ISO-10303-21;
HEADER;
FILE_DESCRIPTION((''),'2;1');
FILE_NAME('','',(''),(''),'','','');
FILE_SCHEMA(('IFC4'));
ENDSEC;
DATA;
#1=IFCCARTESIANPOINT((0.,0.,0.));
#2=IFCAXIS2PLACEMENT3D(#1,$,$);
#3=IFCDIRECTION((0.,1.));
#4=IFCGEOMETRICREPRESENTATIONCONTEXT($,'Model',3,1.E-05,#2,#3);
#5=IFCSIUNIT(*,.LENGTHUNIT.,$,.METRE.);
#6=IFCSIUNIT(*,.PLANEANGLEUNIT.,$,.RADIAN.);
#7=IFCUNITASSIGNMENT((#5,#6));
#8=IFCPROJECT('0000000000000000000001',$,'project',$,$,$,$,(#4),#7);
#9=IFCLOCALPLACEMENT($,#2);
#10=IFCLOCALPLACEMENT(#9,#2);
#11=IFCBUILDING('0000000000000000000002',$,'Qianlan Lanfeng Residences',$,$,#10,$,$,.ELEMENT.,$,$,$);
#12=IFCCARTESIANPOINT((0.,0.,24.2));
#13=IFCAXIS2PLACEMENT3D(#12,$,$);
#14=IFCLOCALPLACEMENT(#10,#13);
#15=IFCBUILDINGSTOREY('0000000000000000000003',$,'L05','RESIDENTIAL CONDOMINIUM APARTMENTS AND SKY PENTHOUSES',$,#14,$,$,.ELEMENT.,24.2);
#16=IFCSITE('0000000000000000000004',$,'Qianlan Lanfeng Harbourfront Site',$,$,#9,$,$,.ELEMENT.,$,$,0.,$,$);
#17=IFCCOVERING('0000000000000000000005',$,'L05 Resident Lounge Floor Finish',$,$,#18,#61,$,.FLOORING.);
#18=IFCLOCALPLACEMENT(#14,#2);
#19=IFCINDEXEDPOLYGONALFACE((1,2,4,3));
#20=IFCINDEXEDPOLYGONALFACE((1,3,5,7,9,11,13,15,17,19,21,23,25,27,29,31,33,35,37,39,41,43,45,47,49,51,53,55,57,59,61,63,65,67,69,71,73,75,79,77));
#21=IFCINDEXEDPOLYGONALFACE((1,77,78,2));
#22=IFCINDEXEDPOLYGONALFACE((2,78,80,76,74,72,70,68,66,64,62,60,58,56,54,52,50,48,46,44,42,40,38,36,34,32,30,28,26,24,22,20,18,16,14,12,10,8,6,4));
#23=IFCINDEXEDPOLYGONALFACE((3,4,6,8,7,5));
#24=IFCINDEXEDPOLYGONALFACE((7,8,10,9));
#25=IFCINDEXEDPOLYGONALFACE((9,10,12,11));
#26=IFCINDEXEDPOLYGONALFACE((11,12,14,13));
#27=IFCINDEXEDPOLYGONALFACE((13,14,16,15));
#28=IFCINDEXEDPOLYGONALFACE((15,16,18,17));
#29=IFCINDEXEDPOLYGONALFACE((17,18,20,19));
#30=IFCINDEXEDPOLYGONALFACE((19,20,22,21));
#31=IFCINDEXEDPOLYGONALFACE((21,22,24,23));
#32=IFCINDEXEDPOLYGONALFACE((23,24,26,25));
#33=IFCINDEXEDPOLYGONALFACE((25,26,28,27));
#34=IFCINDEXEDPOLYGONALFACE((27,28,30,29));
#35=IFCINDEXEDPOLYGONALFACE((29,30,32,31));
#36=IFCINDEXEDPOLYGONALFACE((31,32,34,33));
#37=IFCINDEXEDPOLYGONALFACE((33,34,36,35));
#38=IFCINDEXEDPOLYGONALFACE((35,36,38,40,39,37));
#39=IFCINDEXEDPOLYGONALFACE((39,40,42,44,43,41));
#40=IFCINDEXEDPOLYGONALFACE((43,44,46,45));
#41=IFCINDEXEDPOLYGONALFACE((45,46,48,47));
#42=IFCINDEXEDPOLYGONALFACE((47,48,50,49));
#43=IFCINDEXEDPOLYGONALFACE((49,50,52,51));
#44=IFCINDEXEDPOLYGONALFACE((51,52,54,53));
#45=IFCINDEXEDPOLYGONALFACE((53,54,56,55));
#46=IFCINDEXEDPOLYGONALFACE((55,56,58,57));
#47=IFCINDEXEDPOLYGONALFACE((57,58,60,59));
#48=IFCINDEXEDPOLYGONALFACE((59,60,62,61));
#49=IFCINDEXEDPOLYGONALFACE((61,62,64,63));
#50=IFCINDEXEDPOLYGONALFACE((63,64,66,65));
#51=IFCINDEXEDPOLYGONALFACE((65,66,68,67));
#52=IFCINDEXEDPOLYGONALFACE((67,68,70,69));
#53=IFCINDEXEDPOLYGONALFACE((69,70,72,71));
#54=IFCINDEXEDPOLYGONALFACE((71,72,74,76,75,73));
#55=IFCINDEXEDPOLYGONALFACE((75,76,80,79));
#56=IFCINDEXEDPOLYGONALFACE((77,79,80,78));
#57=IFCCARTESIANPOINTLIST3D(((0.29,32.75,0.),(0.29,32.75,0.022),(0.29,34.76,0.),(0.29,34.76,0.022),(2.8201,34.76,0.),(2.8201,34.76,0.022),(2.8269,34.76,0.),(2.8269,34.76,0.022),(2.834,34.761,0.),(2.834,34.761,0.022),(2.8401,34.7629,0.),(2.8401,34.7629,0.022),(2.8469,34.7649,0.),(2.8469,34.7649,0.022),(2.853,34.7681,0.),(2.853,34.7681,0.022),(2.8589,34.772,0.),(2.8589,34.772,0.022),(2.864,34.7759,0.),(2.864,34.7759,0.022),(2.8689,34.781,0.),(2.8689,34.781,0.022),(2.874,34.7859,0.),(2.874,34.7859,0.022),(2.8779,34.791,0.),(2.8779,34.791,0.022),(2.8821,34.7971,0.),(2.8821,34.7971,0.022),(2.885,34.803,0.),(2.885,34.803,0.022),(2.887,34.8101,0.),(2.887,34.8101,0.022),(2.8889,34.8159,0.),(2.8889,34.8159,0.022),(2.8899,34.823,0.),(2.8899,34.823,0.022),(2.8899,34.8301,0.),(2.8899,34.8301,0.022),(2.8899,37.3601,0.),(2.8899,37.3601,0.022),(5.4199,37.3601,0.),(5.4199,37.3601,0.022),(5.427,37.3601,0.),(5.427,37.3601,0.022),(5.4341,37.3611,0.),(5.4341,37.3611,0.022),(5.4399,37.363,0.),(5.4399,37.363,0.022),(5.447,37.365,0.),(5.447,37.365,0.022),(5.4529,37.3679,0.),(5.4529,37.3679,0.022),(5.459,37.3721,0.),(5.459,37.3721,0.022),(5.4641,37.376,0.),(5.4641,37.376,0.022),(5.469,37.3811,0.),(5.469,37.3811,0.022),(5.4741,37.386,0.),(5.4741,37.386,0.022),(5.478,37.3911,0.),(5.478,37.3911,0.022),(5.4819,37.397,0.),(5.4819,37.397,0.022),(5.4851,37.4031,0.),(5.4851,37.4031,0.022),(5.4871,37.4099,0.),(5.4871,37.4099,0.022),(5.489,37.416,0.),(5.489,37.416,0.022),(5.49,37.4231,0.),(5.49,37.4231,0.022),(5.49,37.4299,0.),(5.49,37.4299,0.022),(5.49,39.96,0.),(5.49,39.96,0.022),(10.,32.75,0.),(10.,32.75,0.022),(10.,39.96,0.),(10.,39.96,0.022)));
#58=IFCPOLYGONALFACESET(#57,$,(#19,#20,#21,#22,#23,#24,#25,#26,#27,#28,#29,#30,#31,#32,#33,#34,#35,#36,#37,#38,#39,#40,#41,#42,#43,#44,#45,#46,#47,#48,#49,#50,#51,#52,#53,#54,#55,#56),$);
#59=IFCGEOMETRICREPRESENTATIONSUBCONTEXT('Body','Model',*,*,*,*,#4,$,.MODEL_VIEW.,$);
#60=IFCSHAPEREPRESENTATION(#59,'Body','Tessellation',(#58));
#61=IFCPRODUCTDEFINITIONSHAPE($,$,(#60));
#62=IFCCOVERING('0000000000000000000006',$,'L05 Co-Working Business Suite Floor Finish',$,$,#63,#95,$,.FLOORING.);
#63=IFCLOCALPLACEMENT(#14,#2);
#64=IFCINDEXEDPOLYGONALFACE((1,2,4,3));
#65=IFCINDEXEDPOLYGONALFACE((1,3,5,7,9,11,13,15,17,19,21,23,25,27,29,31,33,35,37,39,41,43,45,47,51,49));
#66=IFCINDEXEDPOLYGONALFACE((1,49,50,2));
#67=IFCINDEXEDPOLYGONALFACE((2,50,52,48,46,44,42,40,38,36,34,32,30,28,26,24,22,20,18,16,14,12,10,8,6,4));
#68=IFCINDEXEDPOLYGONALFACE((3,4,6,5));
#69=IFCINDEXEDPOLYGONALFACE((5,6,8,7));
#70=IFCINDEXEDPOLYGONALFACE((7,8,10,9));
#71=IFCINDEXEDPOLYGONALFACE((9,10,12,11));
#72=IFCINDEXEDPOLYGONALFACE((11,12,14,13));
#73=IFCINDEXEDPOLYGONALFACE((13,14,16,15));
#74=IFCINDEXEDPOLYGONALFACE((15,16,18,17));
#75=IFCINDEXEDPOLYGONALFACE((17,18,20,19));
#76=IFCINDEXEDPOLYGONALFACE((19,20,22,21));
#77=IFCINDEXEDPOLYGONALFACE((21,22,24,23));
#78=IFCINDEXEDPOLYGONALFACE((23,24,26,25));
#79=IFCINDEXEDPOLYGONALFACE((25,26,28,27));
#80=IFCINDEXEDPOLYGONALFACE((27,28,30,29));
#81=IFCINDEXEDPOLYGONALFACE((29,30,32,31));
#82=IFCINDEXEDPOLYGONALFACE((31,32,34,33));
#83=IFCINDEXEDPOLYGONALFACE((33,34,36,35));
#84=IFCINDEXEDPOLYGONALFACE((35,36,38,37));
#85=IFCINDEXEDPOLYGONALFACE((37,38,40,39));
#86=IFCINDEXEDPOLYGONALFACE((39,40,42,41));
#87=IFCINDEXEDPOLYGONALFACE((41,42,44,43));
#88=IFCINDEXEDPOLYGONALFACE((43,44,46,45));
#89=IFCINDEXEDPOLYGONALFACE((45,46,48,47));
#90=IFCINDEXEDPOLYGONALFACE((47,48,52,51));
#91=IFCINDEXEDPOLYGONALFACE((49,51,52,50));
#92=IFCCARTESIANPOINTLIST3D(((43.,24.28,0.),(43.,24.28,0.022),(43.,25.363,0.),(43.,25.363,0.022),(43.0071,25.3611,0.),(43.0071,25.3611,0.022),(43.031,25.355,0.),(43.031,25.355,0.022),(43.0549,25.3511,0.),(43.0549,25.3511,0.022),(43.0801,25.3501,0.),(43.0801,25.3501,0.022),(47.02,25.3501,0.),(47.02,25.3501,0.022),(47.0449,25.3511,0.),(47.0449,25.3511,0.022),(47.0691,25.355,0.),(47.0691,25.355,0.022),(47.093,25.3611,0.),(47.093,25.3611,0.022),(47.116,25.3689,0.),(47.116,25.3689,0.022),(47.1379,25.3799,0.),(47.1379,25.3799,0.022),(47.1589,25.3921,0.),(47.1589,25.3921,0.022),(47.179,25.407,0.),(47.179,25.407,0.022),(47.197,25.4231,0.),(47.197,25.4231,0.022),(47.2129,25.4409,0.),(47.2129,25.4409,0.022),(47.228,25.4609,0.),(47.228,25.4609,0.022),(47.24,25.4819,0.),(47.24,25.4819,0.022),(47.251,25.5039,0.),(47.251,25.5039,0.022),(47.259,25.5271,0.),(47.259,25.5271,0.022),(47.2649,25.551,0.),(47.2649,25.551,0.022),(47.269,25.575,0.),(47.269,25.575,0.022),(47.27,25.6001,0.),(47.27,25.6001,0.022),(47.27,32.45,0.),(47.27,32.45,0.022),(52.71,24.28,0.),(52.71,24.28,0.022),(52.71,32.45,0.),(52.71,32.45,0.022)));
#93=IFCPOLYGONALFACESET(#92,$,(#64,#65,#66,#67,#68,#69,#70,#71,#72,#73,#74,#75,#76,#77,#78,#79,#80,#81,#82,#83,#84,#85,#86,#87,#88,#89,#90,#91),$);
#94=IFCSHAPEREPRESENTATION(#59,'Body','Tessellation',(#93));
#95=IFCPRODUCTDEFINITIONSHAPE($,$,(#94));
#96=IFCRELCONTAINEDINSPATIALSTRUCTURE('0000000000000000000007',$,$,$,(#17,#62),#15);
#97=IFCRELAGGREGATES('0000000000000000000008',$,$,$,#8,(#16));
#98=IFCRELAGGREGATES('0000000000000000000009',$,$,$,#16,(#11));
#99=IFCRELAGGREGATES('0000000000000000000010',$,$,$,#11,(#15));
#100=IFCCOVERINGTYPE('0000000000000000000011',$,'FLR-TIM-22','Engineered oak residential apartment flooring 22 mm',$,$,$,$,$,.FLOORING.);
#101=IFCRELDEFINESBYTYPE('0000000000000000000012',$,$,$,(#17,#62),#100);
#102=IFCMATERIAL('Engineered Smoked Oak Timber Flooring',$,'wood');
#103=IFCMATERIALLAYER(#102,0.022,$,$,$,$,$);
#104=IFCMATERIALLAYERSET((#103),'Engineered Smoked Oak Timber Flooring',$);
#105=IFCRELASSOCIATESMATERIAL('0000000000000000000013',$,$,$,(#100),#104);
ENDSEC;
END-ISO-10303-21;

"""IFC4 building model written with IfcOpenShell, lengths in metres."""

from ifc_helpers import new_model, si_unit, direction, frame, origin, place, context, subcontext, project, spatial, polyline, outline, extrude, material, layer, layer_set, type_object, element, save


model = new_model("IFC4")

# Units and contexts
model_context = context("Model", 3, precision=1e-05, world=origin(), true_north=direction((0.0, 1.0)))
body_context = subcontext(model_context, "Body", "Model", "MODEL_VIEW")
ifc_project = project(units=[si_unit("LENGTHUNIT", "METRE"), si_unit("PLANEANGLEUNIT", "RADIAN")], contexts=[model_context])

# Site, building, storey
site_placement = place(None, origin())
site = spatial("IfcSite", under=ifc_project, at=site_placement, Name="Qianlan Lanfeng Harbourfront Site", CompositionType="ELEMENT", RefElevation=0.0)
building_placement = place(site_placement, origin())
building = spatial("IfcBuilding", under=site, at=building_placement, Name="Qianlan Lanfeng Residences", CompositionType="ELEMENT")
storey_placement = place(building_placement, frame((0.0, 0.0, 24.2)))
storey = spatial("IfcBuildingStorey", under=building, at=storey_placement, Name="L05", Description="RESIDENTIAL CONDOMINIUM APARTMENTS AND SKY PENTHOUSES", CompositionType="ELEMENT", Elevation=24.2)

# Coverings
ifc_material_1 = material(Name="Engineered Smoked Oak Timber Flooring", Category="wood")
ifc_layer_1 = layer(ifc_material_1, 0.022)
ifc_layer_set_1 = layer_set([ifc_layer_1], Name="Engineered Smoked Oak Timber Flooring")
covering_type_1 = type_object("IfcCoveringType", Name="FLR-TIM-22", Description="Engineered oak residential apartment flooring 22 mm", PredefinedType="FLOORING", material=ifc_layer_set_1)
covering_1_placement = place(storey_placement, origin())
element("IfcCovering", 1, at=covering_1_placement, inside=storey, type_object=covering_type_1, Name="L05 Resident Lounge Floor Finish", PredefinedType="FLOORING", context=body_context, shape_type="SweptSolid", body=[
    extrude(outline(polyline([(0.29, 32.75), (10.0, 32.75), (10.0, 39.96), (5.49, 39.96), (5.49, 37.4299), (5.49, 37.4231), (5.489, 37.416), (5.4871, 37.4099), (5.4851, 37.4031), (5.4819, 37.397), (5.478, 37.3911), (5.4741, 37.386), (5.469, 37.3811), (5.4641, 37.376), (5.459, 37.3721), (5.4529, 37.3679), (5.447, 37.365), (5.4399, 37.363), (5.4341, 37.3611), (5.427, 37.3601), (5.4199, 37.3601), (2.8899, 37.3601), (2.8899, 34.8301), (2.8899, 34.823), (2.8889, 34.8159), (2.887, 34.8101), (2.885, 34.803), (2.8821, 34.7971), (2.8779, 34.791), (2.874, 34.7859), (2.8689, 34.781), (2.864, 34.7759), (2.8589, 34.772), (2.853, 34.7681), (2.8469, 34.7649), (2.8401, 34.7629), (2.834, 34.761), (2.8269, 34.76), (2.8201, 34.76), (0.29, 34.76), (0.29, 32.75)])), origin(), (0.0, 0.0, 1.0), 0.022),
])
covering_2_placement = place(storey_placement, origin())
element("IfcCovering", 2, at=covering_2_placement, inside=storey, type_object=covering_type_1, Name="L05 Co-Working Business Suite Floor Finish", PredefinedType="FLOORING", context=body_context, shape_type="SweptSolid", body=[
    extrude(outline(polyline([(52.71, 32.45), (47.27, 32.45), (47.27, 25.6001), (47.269, 25.575), (47.2649, 25.551), (47.259, 25.5271), (47.251, 25.5039), (47.24, 25.4819), (47.228, 25.4609), (47.2129, 25.4409), (47.197, 25.4231), (47.179, 25.407), (47.1589, 25.3921), (47.1379, 25.3799), (47.116, 25.3689), (47.093, 25.3611), (47.0691, 25.355), (47.0449, 25.3511), (47.02, 25.3501), (43.0801, 25.3501), (43.0549, 25.3511), (43.031, 25.355), (43.0071, 25.3611), (43.0, 25.363), (43.0, 24.28), (52.71, 24.28), (52.71, 32.45)])), origin(), (0.0, 0.0, 1.0), 0.022),
])

save(model, "model.ifc")
